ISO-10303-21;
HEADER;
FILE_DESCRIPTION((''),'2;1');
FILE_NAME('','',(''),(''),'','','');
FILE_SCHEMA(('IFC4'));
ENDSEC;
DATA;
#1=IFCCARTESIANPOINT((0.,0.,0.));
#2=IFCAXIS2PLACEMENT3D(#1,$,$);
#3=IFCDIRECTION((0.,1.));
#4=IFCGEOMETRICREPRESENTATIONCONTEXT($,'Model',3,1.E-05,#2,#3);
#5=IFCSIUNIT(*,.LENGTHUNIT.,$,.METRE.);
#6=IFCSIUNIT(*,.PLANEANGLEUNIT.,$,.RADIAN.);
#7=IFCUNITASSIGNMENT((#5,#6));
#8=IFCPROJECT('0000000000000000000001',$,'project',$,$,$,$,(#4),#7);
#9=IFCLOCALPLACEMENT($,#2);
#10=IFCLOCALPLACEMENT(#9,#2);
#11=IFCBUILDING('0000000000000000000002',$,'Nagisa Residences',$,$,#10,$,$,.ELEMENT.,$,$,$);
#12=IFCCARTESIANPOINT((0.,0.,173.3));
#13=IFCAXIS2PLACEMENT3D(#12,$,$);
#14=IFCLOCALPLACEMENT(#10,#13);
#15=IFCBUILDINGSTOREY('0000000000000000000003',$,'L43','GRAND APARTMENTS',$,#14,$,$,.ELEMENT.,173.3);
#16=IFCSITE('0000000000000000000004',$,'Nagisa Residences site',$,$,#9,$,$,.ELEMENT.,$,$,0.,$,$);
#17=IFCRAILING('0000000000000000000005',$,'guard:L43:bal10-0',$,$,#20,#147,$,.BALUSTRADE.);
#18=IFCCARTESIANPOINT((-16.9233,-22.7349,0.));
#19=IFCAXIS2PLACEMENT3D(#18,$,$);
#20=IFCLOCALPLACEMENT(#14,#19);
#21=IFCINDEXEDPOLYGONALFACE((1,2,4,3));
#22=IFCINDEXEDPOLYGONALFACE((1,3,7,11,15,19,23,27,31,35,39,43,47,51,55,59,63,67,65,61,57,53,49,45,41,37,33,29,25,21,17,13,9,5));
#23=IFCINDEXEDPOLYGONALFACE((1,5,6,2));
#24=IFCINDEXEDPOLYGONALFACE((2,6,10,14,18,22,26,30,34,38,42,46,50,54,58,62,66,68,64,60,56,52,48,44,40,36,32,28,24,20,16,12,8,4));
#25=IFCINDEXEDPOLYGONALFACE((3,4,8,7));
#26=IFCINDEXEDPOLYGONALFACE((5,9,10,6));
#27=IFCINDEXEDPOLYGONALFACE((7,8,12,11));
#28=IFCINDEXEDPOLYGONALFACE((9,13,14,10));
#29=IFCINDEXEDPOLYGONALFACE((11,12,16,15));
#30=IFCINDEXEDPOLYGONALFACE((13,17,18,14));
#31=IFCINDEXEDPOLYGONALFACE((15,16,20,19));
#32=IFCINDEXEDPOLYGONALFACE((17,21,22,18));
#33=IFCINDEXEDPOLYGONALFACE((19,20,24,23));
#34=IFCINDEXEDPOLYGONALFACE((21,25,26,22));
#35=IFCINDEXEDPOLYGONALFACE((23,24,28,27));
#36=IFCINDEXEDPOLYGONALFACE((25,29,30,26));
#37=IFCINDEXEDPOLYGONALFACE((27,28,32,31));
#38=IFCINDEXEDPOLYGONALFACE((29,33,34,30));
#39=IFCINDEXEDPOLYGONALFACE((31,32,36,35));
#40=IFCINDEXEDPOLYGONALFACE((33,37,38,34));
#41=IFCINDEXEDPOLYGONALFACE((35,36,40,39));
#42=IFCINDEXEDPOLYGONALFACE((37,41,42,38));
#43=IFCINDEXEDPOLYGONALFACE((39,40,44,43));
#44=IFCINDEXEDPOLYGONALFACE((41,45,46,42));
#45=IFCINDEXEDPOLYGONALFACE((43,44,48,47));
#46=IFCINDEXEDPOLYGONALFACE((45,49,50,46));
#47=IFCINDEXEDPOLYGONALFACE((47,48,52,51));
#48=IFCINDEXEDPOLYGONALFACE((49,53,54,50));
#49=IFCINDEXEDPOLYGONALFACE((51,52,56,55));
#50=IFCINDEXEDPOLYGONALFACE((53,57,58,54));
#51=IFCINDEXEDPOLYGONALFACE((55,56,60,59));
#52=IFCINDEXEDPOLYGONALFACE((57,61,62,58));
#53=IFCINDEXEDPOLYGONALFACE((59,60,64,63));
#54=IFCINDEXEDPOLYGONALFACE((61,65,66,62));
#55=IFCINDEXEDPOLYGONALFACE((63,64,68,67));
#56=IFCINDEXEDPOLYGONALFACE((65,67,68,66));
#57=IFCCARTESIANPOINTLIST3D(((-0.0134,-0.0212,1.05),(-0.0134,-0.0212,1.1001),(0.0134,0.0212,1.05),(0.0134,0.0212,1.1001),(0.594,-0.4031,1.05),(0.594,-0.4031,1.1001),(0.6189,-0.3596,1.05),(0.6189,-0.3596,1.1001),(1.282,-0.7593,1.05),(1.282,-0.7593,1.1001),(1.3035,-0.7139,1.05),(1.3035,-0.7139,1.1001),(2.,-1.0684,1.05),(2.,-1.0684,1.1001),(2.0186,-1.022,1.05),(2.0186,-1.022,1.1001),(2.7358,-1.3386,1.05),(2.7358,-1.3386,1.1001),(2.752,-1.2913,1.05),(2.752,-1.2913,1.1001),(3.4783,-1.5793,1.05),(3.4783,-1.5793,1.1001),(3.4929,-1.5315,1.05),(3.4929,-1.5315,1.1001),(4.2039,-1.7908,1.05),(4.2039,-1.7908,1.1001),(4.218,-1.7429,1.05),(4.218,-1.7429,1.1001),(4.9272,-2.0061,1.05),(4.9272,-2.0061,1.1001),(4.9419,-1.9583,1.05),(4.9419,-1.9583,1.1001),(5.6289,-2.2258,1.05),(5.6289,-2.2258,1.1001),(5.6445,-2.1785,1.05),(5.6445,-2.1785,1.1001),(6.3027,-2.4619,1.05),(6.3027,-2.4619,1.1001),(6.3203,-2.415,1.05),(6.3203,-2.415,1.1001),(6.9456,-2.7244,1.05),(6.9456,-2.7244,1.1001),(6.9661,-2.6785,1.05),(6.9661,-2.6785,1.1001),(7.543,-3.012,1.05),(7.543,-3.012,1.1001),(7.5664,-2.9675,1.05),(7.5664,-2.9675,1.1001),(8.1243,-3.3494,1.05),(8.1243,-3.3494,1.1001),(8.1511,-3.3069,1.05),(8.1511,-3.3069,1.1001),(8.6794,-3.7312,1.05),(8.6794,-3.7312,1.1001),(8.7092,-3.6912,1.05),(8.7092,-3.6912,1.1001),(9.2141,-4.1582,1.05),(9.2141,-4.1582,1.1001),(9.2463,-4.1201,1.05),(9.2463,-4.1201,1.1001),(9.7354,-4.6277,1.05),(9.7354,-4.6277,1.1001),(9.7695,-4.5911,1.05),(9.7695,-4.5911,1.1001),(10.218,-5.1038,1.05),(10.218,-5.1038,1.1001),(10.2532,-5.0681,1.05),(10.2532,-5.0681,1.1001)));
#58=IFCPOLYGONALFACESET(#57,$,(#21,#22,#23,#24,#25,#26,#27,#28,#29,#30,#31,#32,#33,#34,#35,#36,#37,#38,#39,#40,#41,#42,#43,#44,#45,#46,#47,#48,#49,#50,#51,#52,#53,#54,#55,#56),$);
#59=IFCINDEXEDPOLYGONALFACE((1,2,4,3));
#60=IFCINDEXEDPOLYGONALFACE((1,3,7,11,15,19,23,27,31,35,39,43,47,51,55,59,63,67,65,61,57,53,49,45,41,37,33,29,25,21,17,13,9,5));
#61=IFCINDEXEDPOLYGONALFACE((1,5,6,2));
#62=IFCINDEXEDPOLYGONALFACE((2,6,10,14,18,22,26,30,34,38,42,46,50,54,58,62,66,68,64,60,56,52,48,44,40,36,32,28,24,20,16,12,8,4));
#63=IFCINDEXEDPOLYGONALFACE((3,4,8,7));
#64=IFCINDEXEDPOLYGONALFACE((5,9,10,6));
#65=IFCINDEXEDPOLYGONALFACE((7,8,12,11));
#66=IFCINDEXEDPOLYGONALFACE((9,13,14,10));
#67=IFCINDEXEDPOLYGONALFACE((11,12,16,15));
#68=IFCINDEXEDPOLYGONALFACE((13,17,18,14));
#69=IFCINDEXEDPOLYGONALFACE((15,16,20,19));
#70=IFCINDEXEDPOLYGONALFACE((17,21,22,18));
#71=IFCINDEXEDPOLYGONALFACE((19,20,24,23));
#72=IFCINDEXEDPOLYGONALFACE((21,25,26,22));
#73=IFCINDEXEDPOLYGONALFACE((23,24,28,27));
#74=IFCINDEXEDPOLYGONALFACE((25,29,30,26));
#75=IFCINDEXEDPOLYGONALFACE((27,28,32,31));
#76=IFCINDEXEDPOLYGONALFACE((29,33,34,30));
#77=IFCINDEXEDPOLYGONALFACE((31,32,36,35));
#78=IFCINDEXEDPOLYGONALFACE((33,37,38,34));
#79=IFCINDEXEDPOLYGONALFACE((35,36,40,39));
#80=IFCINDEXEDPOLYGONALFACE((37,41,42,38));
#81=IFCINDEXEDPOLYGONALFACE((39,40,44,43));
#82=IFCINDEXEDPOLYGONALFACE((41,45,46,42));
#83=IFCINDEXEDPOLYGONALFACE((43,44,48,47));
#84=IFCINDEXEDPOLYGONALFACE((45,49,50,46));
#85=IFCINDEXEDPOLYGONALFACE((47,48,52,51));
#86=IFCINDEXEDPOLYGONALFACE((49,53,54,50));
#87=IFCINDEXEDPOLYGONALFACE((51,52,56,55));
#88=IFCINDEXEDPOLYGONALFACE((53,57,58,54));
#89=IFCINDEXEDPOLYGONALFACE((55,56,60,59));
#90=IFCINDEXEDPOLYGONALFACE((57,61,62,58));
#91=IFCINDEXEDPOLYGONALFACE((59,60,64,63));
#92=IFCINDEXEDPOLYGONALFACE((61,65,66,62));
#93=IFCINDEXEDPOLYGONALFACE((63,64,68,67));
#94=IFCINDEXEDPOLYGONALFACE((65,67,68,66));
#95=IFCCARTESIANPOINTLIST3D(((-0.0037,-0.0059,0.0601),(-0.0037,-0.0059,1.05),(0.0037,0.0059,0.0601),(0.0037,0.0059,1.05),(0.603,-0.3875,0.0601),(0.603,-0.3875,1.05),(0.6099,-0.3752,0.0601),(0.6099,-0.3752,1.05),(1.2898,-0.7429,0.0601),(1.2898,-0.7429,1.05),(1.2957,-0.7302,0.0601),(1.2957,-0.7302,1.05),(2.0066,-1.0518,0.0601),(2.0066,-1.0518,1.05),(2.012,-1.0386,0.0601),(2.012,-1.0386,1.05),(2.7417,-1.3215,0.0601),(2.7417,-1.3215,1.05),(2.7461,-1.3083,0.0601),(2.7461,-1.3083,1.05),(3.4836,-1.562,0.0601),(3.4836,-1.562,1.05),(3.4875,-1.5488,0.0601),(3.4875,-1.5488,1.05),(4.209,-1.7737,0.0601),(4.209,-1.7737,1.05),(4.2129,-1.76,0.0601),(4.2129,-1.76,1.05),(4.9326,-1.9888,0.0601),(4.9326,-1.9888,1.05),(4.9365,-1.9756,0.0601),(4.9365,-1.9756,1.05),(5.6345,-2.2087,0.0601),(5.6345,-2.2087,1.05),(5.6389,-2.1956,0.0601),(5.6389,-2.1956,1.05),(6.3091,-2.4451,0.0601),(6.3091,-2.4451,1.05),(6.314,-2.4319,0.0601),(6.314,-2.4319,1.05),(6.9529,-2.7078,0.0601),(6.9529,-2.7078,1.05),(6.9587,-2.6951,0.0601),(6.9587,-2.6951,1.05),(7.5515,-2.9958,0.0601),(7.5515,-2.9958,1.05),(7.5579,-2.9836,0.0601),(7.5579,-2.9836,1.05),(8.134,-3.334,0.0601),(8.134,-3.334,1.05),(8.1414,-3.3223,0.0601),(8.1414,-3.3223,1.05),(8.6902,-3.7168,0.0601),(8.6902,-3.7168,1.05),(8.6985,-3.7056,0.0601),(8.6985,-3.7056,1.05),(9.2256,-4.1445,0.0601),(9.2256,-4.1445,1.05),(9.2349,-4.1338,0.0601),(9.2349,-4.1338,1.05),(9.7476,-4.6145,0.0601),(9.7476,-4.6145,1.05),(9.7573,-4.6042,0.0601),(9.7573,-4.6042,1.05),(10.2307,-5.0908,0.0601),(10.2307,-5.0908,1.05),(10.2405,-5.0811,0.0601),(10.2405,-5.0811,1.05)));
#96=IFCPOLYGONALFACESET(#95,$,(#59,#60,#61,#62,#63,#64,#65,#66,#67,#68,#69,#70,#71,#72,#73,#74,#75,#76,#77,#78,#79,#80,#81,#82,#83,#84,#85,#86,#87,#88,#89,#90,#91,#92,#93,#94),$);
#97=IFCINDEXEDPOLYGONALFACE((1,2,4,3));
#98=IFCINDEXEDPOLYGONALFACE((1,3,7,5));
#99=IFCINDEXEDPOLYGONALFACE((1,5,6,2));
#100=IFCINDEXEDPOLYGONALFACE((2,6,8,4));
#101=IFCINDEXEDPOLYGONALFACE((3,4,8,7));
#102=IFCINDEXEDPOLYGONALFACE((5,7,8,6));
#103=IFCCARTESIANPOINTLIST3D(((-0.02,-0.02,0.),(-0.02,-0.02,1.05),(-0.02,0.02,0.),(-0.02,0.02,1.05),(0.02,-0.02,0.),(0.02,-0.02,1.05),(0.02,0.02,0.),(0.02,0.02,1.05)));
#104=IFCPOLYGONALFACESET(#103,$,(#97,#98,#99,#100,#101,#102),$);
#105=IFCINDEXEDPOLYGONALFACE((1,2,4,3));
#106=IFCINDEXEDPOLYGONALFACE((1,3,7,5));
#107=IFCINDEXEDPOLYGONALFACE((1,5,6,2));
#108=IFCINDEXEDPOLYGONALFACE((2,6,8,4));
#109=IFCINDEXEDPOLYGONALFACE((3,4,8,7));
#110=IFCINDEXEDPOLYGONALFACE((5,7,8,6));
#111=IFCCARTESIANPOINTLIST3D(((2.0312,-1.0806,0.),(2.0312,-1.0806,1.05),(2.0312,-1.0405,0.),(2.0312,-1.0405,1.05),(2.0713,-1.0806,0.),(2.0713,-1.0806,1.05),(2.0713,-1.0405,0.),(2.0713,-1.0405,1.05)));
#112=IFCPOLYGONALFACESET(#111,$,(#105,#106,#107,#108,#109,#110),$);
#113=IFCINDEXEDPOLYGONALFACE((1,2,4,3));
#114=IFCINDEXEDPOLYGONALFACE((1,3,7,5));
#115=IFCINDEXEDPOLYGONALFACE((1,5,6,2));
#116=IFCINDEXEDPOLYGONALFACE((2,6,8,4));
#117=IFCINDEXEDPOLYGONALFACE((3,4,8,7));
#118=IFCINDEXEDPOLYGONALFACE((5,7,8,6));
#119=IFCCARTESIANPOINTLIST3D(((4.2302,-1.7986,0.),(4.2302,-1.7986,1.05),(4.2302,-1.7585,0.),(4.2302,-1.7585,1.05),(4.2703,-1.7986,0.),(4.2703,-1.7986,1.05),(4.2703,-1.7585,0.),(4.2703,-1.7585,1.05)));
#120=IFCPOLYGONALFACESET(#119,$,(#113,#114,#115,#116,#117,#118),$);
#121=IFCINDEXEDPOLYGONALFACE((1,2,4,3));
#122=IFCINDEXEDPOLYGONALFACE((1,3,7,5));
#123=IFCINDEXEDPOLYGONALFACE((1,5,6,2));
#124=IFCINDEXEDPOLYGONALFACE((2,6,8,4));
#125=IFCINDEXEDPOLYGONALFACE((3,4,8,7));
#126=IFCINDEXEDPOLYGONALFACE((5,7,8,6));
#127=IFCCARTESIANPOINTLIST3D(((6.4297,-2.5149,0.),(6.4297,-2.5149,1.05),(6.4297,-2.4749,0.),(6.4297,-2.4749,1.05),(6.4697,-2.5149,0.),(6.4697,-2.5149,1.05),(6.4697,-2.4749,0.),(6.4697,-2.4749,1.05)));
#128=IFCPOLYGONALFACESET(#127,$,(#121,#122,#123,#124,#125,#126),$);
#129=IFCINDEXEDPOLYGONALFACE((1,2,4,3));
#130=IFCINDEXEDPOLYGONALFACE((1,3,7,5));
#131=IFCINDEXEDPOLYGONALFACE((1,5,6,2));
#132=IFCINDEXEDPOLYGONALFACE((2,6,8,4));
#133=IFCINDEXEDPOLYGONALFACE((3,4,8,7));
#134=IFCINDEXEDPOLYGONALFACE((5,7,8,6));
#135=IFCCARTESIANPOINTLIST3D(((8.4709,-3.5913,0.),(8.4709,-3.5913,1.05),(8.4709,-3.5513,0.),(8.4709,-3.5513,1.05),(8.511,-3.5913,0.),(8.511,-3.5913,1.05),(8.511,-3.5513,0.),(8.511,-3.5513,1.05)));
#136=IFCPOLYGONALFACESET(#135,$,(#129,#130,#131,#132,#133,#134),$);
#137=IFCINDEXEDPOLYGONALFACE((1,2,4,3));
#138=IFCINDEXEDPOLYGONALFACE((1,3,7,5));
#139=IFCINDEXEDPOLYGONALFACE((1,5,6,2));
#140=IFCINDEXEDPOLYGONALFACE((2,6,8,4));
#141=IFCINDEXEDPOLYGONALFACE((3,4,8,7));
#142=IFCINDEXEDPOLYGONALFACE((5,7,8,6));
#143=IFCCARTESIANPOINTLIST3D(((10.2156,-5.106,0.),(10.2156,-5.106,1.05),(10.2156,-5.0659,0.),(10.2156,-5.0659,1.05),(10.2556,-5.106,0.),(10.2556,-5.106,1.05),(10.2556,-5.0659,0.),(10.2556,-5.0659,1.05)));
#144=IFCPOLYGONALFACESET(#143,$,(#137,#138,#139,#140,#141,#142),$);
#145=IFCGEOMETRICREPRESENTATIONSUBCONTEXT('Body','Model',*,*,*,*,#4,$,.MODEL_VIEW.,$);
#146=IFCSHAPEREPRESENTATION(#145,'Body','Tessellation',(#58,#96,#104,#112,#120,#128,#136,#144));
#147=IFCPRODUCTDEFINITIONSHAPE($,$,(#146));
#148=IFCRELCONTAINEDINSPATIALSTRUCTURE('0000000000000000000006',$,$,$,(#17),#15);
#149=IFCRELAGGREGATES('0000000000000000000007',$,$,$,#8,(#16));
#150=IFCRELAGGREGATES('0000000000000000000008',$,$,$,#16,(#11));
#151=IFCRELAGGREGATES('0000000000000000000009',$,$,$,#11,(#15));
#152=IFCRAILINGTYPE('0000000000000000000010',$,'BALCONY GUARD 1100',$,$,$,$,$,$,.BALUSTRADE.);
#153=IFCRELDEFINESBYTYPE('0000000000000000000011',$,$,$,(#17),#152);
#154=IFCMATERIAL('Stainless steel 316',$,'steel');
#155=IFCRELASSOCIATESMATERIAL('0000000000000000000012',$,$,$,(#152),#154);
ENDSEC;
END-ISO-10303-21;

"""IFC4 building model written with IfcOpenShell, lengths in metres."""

from ifc_helpers import new_model, si_unit, direction, frame, origin, origin_2d, place, context, subcontext, project, spatial, polyline, rectangle, outline, extrude, material, type_object, element, save


model = new_model("IFC4")

# Units and contexts
model_context = context("Model", 3, precision=1e-05, world=origin(), true_north=direction((0.0, 1.0)))
body_context = subcontext(model_context, "Body", "Model", "MODEL_VIEW")
ifc_project = project(units=[si_unit("LENGTHUNIT", "METRE"), si_unit("PLANEANGLEUNIT", "RADIAN")], contexts=[model_context])

# Site, building, storey
site_placement = place(None, origin())
site = spatial("IfcSite", under=ifc_project, at=site_placement, Name="Nagisa Residences site", CompositionType="ELEMENT", RefElevation=0.0)
building_placement = place(site_placement, origin())
building = spatial("IfcBuilding", under=site, at=building_placement, Name="Nagisa Residences", CompositionType="ELEMENT")
storey_placement = place(building_placement, frame((0.0, 0.0, 173.3)))
storey = spatial("IfcBuildingStorey", under=building, at=storey_placement, Name="L43", Description="GRAND APARTMENTS", CompositionType="ELEMENT", Elevation=173.3)

# Railing
ifc_material_1 = material(Name="Stainless steel 316", Category="steel")
railing_type = type_object("IfcRailingType", Name="BALCONY GUARD 1100", PredefinedType="BALUSTRADE", material=ifc_material_1)
railing_1_placement = place(storey_placement, frame((-16.9233, -22.7349, 0.0)))
element("IfcRailing", 1, at=railing_1_placement, inside=storey, type_object=railing_type, Name="guard:L43:bal10-0", PredefinedType="BALUSTRADE", context=body_context, shape_type="SweptSolid", body=[
    extrude(outline(polyline([(0.6189, -0.3596), (0.0134, 0.0212), (-0.0134, -0.0212), (0.594, -0.4031), (1.282, -0.7593), (2.0, -1.0684), (2.7358, -1.3386), (3.4783, -1.5793), (4.2039, -1.7908), (4.9272, -2.0061), (5.6289, -2.2258), (6.3027, -2.4619), (6.9456, -2.7244), (7.543, -3.012), (8.1243, -3.3494), (8.6794, -3.7312), (9.2141, -4.1582), (9.7354, -4.6277), (10.218, -5.1038), (10.2532, -5.0681), (9.7695, -4.5911), (9.2463, -4.1201), (8.7092, -3.6912), (8.1511, -3.3069), (7.5664, -2.9675), (6.9661, -2.6785), (6.3203, -2.415), (5.6445, -2.1785), (4.9419, -1.9583), (4.218, -1.7429), (3.4929, -1.5315), (2.752, -1.2913), (2.0186, -1.022), (1.3035, -0.7139), (0.6189, -0.3596)])), frame((0.0, 0.0, 1.05)), (0.0, 0.0, 1.0), 0.05),
    extrude(outline(polyline([(0.6099, -0.3752), (0.0037, 0.0059), (-0.0037, -0.0059), (0.603, -0.3875), (1.2898, -0.7429), (2.0066, -1.0518), (2.7417, -1.3215), (3.4836, -1.562), (4.209, -1.7737), (4.9326, -1.9888), (5.6345, -2.2087), (6.3091, -2.4451), (6.9529, -2.7078), (7.5515, -2.9958), (8.134, -3.334), (8.6902, -3.7168), (9.2256, -4.1445), (9.7476, -4.6145), (10.2307, -5.0908), (10.2405, -5.0811), (9.7573, -4.6042), (9.2349, -4.1338), (8.6985, -3.7056), (8.1414, -3.3223), (7.5579, -2.9836), (6.9587, -2.6951), (6.314, -2.4319), (5.6389, -2.1956), (4.9365, -1.9756), (4.2129, -1.76), (3.4875, -1.5488), (2.7461, -1.3083), (2.012, -1.0386), (1.2957, -0.7302), (0.6099, -0.3752)])), frame((0.0, 0.0, 0.0601)), (0.0, 0.0, 1.0), 0.99),
    extrude(rectangle(XDim=0.04, YDim=0.04, at=origin_2d()), origin(), (0.0, 0.0, 1.0), 1.05),
    extrude(rectangle(XDim=0.04, YDim=0.04, at=origin_2d()), frame((2.0513, -1.0605, 0.0)), (0.0, 0.0, 1.0), 1.05),
    extrude(rectangle(XDim=0.04, YDim=0.04, at=origin_2d()), frame((4.2502, -1.7786, 0.0)), (0.0, 0.0, 1.0), 1.05),
    extrude(rectangle(XDim=0.04, YDim=0.04, at=origin_2d()), frame((6.4497, -2.4949, 0.0)), (0.0, 0.0, 1.0), 1.05),
    extrude(rectangle(XDim=0.04, YDim=0.04, at=origin_2d()), frame((8.491, -3.5713, 0.0)), (0.0, 0.0, 1.0), 1.05),
    extrude(rectangle(XDim=0.04, YDim=0.04, at=origin_2d()), frame((10.2356, -5.0859, 0.0)), (0.0, 0.0, 1.0), 1.05),
])

save(model, "model.ifc")
